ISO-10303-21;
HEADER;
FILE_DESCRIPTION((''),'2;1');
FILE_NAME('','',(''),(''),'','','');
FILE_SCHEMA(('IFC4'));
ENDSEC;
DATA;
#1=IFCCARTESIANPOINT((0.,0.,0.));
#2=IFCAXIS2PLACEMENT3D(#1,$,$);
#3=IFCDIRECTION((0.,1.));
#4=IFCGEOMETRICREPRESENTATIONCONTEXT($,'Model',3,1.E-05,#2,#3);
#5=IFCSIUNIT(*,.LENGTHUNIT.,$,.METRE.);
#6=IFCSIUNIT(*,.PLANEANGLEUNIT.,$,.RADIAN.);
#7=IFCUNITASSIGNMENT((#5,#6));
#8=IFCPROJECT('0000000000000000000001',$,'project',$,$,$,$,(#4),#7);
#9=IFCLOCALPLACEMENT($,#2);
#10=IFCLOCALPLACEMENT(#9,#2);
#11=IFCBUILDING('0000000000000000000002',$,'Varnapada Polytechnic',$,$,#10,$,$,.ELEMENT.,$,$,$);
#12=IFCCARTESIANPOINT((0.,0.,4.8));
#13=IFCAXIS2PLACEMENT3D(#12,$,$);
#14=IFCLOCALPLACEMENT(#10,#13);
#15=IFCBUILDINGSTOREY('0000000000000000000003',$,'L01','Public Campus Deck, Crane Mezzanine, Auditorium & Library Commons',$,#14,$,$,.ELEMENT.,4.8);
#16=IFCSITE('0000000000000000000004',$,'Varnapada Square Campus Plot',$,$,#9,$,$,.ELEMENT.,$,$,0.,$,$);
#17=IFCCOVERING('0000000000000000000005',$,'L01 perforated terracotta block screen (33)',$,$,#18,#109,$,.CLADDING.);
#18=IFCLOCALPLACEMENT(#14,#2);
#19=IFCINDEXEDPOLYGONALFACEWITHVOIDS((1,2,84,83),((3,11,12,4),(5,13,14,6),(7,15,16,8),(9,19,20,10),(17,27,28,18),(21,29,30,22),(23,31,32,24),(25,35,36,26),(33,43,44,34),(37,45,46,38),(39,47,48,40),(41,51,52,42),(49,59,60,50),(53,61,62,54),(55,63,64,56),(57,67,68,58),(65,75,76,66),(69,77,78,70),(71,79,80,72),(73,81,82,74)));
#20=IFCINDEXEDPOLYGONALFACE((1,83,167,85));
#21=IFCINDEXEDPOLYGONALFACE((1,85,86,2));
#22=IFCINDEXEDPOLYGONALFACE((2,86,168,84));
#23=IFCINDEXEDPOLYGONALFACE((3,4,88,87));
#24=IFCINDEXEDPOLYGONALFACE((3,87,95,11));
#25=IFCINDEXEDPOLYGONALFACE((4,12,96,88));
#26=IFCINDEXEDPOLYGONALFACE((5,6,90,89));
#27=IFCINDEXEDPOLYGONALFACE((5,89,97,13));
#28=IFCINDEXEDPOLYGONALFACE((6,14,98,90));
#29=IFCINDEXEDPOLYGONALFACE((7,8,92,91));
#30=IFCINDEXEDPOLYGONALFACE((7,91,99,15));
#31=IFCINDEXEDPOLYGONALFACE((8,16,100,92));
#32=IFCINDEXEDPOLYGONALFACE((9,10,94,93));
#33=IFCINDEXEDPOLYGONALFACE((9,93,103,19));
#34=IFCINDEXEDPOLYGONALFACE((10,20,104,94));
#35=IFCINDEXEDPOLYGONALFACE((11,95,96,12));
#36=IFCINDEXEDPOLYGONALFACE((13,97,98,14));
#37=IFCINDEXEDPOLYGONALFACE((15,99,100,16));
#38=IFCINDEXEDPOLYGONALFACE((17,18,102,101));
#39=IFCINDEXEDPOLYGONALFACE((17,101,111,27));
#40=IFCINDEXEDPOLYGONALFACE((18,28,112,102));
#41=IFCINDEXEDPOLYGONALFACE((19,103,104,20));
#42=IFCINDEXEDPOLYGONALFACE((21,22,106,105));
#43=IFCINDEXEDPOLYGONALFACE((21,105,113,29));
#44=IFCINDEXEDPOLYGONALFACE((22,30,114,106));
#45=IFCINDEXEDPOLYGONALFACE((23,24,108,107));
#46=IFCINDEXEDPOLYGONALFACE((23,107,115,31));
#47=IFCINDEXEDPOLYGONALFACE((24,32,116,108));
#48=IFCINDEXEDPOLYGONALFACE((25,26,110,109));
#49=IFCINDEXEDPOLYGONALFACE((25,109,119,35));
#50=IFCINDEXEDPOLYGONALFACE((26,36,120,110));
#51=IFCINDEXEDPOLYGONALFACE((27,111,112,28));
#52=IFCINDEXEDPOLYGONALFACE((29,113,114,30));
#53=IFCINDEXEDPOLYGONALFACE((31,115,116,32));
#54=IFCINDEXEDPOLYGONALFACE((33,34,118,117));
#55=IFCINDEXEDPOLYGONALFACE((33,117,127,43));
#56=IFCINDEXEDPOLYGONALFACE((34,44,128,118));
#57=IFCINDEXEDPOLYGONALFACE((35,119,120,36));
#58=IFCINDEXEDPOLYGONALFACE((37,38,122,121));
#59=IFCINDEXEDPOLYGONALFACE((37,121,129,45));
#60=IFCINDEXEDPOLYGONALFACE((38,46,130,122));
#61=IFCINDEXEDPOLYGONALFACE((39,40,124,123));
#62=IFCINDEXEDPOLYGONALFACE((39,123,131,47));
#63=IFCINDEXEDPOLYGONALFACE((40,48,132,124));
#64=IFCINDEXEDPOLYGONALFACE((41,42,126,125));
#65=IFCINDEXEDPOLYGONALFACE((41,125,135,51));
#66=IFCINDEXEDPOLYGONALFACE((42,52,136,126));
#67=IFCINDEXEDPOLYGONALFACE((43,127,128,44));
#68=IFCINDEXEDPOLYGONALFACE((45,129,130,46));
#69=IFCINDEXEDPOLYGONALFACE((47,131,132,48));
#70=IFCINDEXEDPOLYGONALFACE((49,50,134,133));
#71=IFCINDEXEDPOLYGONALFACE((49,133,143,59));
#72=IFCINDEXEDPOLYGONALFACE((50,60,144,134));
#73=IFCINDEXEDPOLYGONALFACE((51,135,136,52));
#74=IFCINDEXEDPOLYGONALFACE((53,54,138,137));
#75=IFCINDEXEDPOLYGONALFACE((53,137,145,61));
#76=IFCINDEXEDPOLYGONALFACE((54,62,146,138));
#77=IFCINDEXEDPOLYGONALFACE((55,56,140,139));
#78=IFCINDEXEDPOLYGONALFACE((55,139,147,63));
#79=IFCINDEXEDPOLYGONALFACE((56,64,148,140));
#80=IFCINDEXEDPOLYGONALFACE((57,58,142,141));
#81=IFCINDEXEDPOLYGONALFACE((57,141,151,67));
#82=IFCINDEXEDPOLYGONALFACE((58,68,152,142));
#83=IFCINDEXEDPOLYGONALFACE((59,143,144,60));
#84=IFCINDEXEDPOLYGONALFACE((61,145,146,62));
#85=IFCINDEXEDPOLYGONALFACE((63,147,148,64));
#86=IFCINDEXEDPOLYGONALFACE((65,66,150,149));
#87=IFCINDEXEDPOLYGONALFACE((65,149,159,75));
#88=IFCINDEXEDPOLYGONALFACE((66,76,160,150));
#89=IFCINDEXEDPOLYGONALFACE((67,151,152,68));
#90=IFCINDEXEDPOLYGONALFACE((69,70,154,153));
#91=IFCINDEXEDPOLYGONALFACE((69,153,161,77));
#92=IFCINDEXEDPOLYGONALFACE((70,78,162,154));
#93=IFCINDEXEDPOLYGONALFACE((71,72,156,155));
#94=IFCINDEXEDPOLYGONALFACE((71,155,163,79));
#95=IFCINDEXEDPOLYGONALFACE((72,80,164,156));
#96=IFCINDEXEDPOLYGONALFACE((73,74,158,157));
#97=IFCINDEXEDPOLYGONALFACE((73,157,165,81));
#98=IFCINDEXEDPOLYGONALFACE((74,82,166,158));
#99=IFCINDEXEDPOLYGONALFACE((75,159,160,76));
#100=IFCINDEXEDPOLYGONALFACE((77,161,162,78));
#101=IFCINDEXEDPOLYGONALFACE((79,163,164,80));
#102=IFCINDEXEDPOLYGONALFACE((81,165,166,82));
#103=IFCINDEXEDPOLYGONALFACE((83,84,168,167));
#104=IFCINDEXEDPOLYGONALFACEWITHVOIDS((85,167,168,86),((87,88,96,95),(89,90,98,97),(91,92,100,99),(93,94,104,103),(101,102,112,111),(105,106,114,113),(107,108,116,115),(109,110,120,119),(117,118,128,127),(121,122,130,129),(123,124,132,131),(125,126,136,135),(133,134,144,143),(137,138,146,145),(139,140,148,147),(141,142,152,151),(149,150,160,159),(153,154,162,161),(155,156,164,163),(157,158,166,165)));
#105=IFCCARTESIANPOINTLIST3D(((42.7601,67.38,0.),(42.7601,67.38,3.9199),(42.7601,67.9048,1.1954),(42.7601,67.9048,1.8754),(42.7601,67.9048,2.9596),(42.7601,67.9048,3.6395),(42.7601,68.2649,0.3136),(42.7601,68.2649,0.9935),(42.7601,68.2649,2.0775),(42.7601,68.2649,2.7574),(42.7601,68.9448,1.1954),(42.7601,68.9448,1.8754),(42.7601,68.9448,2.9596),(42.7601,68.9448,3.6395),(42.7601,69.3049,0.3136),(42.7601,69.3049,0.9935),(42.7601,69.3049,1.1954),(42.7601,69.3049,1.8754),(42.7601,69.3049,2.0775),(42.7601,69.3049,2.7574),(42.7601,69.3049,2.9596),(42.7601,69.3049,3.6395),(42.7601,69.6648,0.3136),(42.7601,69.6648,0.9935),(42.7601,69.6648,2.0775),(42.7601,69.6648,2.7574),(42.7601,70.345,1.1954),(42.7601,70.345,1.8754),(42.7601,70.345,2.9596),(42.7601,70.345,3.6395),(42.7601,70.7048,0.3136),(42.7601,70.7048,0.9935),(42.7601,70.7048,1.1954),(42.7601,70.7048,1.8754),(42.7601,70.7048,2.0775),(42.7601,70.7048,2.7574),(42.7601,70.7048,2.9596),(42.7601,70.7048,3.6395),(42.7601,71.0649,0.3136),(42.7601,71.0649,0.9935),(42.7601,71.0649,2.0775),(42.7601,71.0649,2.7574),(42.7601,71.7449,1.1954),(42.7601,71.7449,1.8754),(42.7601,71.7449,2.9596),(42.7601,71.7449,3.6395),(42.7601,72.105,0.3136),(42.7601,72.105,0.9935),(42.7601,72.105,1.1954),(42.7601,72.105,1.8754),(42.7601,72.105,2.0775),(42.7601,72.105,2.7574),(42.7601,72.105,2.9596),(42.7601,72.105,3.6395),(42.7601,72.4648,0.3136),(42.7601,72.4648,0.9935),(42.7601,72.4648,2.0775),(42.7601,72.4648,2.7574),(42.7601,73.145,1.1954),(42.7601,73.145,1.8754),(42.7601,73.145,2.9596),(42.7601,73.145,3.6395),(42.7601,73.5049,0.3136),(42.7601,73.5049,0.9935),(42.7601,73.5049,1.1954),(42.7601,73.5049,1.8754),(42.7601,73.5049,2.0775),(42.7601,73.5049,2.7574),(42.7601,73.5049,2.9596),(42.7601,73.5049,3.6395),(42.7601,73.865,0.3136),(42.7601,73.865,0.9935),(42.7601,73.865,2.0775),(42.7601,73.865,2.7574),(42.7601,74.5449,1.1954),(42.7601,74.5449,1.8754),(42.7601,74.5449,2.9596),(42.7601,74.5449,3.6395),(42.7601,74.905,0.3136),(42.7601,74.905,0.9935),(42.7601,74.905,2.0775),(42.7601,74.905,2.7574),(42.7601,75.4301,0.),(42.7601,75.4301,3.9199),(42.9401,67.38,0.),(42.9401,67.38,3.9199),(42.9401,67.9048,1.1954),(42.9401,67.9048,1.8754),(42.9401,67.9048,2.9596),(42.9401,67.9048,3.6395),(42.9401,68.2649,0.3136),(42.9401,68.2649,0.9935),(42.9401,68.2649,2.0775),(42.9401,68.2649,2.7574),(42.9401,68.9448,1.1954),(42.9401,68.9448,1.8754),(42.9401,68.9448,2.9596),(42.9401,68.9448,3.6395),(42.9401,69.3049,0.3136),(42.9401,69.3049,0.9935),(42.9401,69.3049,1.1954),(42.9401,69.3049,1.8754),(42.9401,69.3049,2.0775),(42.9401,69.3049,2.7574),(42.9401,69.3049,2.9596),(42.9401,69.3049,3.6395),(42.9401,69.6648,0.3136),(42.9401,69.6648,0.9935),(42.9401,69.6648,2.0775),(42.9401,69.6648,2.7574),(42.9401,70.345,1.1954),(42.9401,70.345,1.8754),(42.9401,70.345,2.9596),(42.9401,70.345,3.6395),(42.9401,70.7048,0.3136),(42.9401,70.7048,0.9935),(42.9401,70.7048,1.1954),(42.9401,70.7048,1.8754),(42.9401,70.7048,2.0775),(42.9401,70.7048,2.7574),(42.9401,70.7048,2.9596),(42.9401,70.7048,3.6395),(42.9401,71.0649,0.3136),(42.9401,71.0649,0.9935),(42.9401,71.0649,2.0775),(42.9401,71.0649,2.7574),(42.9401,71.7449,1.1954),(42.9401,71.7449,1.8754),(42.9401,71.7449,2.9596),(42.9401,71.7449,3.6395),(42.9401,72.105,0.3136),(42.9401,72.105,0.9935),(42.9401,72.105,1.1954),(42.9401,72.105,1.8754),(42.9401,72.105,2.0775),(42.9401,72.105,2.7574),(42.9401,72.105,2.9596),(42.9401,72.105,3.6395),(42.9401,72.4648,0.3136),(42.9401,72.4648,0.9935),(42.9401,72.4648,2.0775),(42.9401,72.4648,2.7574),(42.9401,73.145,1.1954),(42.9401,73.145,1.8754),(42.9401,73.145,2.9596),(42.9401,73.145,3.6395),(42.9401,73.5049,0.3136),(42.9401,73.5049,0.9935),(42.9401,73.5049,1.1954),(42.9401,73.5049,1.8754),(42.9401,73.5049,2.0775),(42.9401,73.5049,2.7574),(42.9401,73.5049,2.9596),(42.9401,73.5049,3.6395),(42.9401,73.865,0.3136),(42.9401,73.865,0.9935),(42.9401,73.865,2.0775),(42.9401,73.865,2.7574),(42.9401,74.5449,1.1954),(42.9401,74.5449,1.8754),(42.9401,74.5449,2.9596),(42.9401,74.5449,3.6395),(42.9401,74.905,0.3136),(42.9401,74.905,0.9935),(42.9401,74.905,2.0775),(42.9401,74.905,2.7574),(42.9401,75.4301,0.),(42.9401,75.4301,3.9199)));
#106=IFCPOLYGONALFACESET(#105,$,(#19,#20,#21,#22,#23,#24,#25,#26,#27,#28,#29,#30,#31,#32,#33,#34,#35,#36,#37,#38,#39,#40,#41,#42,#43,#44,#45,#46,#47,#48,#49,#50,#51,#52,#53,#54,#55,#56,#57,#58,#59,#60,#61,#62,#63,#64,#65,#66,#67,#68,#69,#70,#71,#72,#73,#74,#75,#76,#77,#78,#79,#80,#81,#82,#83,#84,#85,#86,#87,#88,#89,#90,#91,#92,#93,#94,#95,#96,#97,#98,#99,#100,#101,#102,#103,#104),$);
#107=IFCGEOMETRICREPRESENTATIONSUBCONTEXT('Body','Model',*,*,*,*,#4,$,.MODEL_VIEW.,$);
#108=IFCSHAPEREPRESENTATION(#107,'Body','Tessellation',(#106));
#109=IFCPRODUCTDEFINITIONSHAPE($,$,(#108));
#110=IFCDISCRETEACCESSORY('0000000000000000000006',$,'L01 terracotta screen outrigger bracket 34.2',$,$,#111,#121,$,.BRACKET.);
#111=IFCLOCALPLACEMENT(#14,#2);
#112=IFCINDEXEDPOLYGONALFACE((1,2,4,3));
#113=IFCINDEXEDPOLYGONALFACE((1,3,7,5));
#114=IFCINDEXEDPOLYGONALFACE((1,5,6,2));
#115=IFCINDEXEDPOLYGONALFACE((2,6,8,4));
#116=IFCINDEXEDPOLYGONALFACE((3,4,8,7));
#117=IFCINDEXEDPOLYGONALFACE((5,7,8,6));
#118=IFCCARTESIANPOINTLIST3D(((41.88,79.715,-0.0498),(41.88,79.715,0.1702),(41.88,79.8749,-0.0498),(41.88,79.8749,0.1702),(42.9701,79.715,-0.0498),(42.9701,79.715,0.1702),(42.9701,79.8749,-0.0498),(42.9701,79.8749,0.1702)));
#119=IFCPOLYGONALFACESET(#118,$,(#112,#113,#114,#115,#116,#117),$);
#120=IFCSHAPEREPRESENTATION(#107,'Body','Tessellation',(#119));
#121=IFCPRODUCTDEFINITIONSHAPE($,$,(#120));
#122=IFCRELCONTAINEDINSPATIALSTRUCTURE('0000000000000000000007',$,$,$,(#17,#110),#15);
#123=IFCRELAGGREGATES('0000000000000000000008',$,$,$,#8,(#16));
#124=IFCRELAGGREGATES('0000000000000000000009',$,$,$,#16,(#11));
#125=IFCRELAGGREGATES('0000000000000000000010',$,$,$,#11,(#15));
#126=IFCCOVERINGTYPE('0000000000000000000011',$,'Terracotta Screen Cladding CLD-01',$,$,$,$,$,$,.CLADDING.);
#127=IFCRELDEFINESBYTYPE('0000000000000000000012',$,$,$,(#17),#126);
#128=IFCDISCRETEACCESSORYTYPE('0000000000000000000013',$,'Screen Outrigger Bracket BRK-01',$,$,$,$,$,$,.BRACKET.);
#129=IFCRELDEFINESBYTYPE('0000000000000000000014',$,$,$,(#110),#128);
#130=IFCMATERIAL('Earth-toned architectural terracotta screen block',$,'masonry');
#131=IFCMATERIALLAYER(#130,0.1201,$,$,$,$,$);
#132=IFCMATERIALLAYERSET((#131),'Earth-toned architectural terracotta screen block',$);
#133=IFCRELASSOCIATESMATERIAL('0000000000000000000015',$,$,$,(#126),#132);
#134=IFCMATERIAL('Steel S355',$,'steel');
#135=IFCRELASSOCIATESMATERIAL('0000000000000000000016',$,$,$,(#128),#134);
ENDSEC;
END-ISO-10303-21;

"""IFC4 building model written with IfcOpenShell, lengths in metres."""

from ifc_helpers import new_model, si_unit, direction, frame, frame_2d, origin, origin_2d, place, context, subcontext, project, spatial, rectangle, extrude, material, layer, layer_set, type_object, element, save


model = new_model("IFC4")

# Units and contexts
model_context = context("Model", 3, precision=1e-05, world=origin(), true_north=direction((0.0, 1.0)))
body_context = subcontext(model_context, "Body", "Model", "MODEL_VIEW")
ifc_project = project(units=[si_unit("LENGTHUNIT", "METRE"), si_unit("PLANEANGLEUNIT", "RADIAN")], contexts=[model_context])

# Site, building, storey
site_placement = place(None, origin())
site = spatial("IfcSite", under=ifc_project, at=site_placement, Name="Varnapada Square Campus Plot", CompositionType="ELEMENT", RefElevation=0.0)
building_placement = place(site_placement, origin())
building = spatial("IfcBuilding", under=site, at=building_placement, Name="Varnapada Polytechnic", CompositionType="ELEMENT")
storey_placement = place(building_placement, frame((0.0, 0.0, 4.8)))
storey = spatial("IfcBuildingStorey", under=building, at=storey_placement, Name="L01", Description="Public Campus Deck, Crane Mezzanine, Auditorium & Library Commons", CompositionType="ELEMENT", Elevation=4.8)

# Shared definitions
ifc_material_1 = material(Name="Steel S355", Category="steel")

# Covering, openings
ifc_material_2 = material(Name="Earth-toned architectural terracotta screen block", Category="masonry")
ifc_layer_1 = layer(ifc_material_2, 0.1201)
ifc_layer_set_1 = layer_set([ifc_layer_1], Name="Earth-toned architectural terracotta screen block")
covering_type = type_object("IfcCoveringType", Name="Terracotta Screen Cladding CLD-01", PredefinedType="CLADDING", material=ifc_layer_set_1)
covering_placement = place(storey_placement, frame((42.8501, 75.4299, 0.0), z_axis=(0.0, 0.0, 1.0), x_axis=(0.0, -1.0, 0.0)))
covering = element("IfcCovering", 1, at=covering_placement, inside=storey, type_object=covering_type, Name="L01 perforated terracotta block screen (33)", PredefinedType="CLADDING", context=body_context, shape_type="SweptSolid", body=[
    extrude(rectangle(XDim=8.05, YDim=0.1799, at=frame_2d((4.0249, 0.0))), origin(), (0.0, 0.0, 1.0), 3.9199),
])
opening_1_placement = place(covering_placement, frame((0.5249, 0.0, 0.3137)))
element("IfcOpeningElement", 2, at=opening_1_placement, cuts=covering, PredefinedType="OPENING", context=body_context, shape_type="SweptSolid", body=[
    extrude(rectangle(XDim=1.04, YDim=0.6799, at=frame_2d((0.52, 0.3398))), frame((0.0, 0.0999, 0.0), z_axis=(0.0, -1.0, 0.0), x_axis=(1.0, 0.0, 0.0)), (0.0, 0.0, 1.0), 0.2),
])
opening_2_placement = place(covering_placement, frame((1.925, 0.0, 0.3137)))
element("IfcOpeningElement", 3, at=opening_2_placement, cuts=covering, PredefinedType="OPENING", context=body_context, shape_type="SweptSolid", body=[
    extrude(rectangle(XDim=1.04, YDim=0.6799, at=frame_2d((0.52, 0.3398))), frame((0.0, 0.0999, 0.0), z_axis=(0.0, -1.0, 0.0), x_axis=(1.0, 0.0, 0.0)), (0.0, 0.0, 1.0), 0.2),
])
opening_3_placement = place(covering_placement, frame((3.325, 0.0, 0.3137)))
element("IfcOpeningElement", 4, at=opening_3_placement, cuts=covering, PredefinedType="OPENING", context=body_context, shape_type="SweptSolid", body=[
    extrude(rectangle(XDim=1.04, YDim=0.6799, at=frame_2d((0.52, 0.3398))), frame((0.0, 0.0999, 0.0), z_axis=(0.0, -1.0, 0.0), x_axis=(1.0, 0.0, 0.0)), (0.0, 0.0, 1.0), 0.2),
])
opening_4_placement = place(covering_placement, frame((4.7251, 0.0, 0.3137)))
element("IfcOpeningElement", 5, at=opening_4_placement, cuts=covering, PredefinedType="OPENING", context=body_context, shape_type="SweptSolid", body=[
    extrude(rectangle(XDim=1.04, YDim=0.6799, at=frame_2d((0.52, 0.3398))), frame((0.0, 0.0999, 0.0), z_axis=(0.0, -1.0, 0.0), x_axis=(1.0, 0.0, 0.0)), (0.0, 0.0, 1.0), 0.2),
])
opening_5_placement = place(covering_placement, frame((6.125, 0.0, 0.3137)))
element("IfcOpeningElement", 6, at=opening_5_placement, cuts=covering, PredefinedType="OPENING", context=body_context, shape_type="SweptSolid", body=[
    extrude(rectangle(XDim=1.04, YDim=0.6799, at=frame_2d((0.52, 0.3398))), frame((0.0, 0.0999, 0.0), z_axis=(0.0, -1.0, 0.0), x_axis=(1.0, 0.0, 0.0)), (0.0, 0.0, 1.0), 0.2),
])
opening_6_placement = place(covering_placement, frame((0.885, 0.0, 1.1956)))
element("IfcOpeningElement", 7, at=opening_6_placement, cuts=covering, PredefinedType="OPENING", context=body_context, shape_type="SweptSolid", body=[
    extrude(rectangle(XDim=1.04, YDim=0.6799, at=frame_2d((0.52, 0.3398))), frame((0.0, 0.0999, 0.0), z_axis=(0.0, -1.0, 0.0), x_axis=(1.0, 0.0, 0.0)), (0.0, 0.0, 1.0), 0.2),
])
opening_7_placement = place(covering_placement, frame((2.2849, 0.0, 1.1956)))
element("IfcOpeningElement", 8, at=opening_7_placement, cuts=covering, PredefinedType="OPENING", context=body_context, shape_type="SweptSolid", body=[
    extrude(rectangle(XDim=1.04, YDim=0.6799, at=frame_2d((0.52, 0.3398))), frame((0.0, 0.0999, 0.0), z_axis=(0.0, -1.0, 0.0), x_axis=(1.0, 0.0, 0.0)), (0.0, 0.0, 1.0), 0.2),
])
opening_8_placement = place(covering_placement, frame((3.6851, 0.0, 1.1956)))
element("IfcOpeningElement", 9, at=opening_8_placement, cuts=covering, PredefinedType="OPENING", context=body_context, shape_type="SweptSolid", body=[
    extrude(rectangle(XDim=1.04, YDim=0.6799, at=frame_2d((0.52, 0.3398))), frame((0.0, 0.0999, 0.0), z_axis=(0.0, -1.0, 0.0), x_axis=(1.0, 0.0, 0.0)), (0.0, 0.0, 1.0), 0.2),
])
opening_9_placement = place(covering_placement, frame((5.085, 0.0, 1.1956)))
element("IfcOpeningElement", 10, at=opening_9_placement, cuts=covering, PredefinedType="OPENING", context=body_context, shape_type="SweptSolid", body=[
    extrude(rectangle(XDim=1.04, YDim=0.6799, at=frame_2d((0.52, 0.3398))), frame((0.0, 0.0999, 0.0), z_axis=(0.0, -1.0, 0.0), x_axis=(1.0, 0.0, 0.0)), (0.0, 0.0, 1.0), 0.2),
])
opening_10_placement = place(covering_placement, frame((6.4851, 0.0, 1.1956)))
element("IfcOpeningElement", 11, at=opening_10_placement, cuts=covering, PredefinedType="OPENING", context=body_context, shape_type="SweptSolid", body=[
    extrude(rectangle(XDim=1.04, YDim=0.6799, at=frame_2d((0.52, 0.3398))), frame((0.0, 0.0999, 0.0), z_axis=(0.0, -1.0, 0.0), x_axis=(1.0, 0.0, 0.0)), (0.0, 0.0, 1.0), 0.2),
])
opening_11_placement = place(covering_placement, frame((0.5249, 0.0, 2.0776)))
element("IfcOpeningElement", 12, at=opening_11_placement, cuts=covering, PredefinedType="OPENING", context=body_context, shape_type="SweptSolid", body=[
    extrude(rectangle(XDim=1.04, YDim=0.6799, at=frame_2d((0.52, 0.3398))), frame((0.0, 0.0999, 0.0), z_axis=(0.0, -1.0, 0.0), x_axis=(1.0, 0.0, 0.0)), (0.0, 0.0, 1.0), 0.2),
])
opening_12_placement = place(covering_placement, frame((1.925, 0.0, 2.0776)))
element("IfcOpeningElement", 13, at=opening_12_placement, cuts=covering, PredefinedType="OPENING", context=body_context, shape_type="SweptSolid", body=[
    extrude(rectangle(XDim=1.04, YDim=0.6799, at=frame_2d((0.52, 0.3398))), frame((0.0, 0.0999, 0.0), z_axis=(0.0, -1.0, 0.0), x_axis=(1.0, 0.0, 0.0)), (0.0, 0.0, 1.0), 0.2),
])
opening_13_placement = place(covering_placement, frame((3.325, 0.0, 2.0776)))
element("IfcOpeningElement", 14, at=opening_13_placement, cuts=covering, PredefinedType="OPENING", context=body_context, shape_type="SweptSolid", body=[
    extrude(rectangle(XDim=1.04, YDim=0.6799, at=frame_2d((0.52, 0.3398))), frame((0.0, 0.0999, 0.0), z_axis=(0.0, -1.0, 0.0), x_axis=(1.0, 0.0, 0.0)), (0.0, 0.0, 1.0), 0.2),
])
opening_14_placement = place(covering_placement, frame((4.7251, 0.0, 2.0776)))
element("IfcOpeningElement", 15, at=opening_14_placement, cuts=covering, PredefinedType="OPENING", context=body_context, shape_type="SweptSolid", body=[
    extrude(rectangle(XDim=1.04, YDim=0.6799, at=frame_2d((0.52, 0.3398))), frame((0.0, 0.0999, 0.0), z_axis=(0.0, -1.0, 0.0), x_axis=(1.0, 0.0, 0.0)), (0.0, 0.0, 1.0), 0.2),
])
opening_15_placement = place(covering_placement, frame((6.125, 0.0, 2.0776)))
element("IfcOpeningElement", 16, at=opening_15_placement, cuts=covering, PredefinedType="OPENING", context=body_context, shape_type="SweptSolid", body=[
    extrude(rectangle(XDim=1.04, YDim=0.6799, at=frame_2d((0.52, 0.3398))), frame((0.0, 0.0999, 0.0), z_axis=(0.0, -1.0, 0.0), x_axis=(1.0, 0.0, 0.0)), (0.0, 0.0, 1.0), 0.2),
])
opening_16_placement = place(covering_placement, frame((0.885, 0.0, 2.9597)))
element("IfcOpeningElement", 17, at=opening_16_placement, cuts=covering, PredefinedType="OPENING", context=body_context, shape_type="SweptSolid", body=[
    extrude(rectangle(XDim=1.04, YDim=0.6799, at=frame_2d((0.52, 0.3398))), frame((0.0, 0.0999, 0.0), z_axis=(0.0, -1.0, 0.0), x_axis=(1.0, 0.0, 0.0)), (0.0, 0.0, 1.0), 0.2),
])
opening_17_placement = place(covering_placement, frame((2.2849, 0.0, 2.9597)))
element("IfcOpeningElement", 18, at=opening_17_placement, cuts=covering, PredefinedType="OPENING", context=body_context, shape_type="SweptSolid", body=[
    extrude(rectangle(XDim=1.04, YDim=0.6799, at=frame_2d((0.52, 0.3398))), frame((0.0, 0.0999, 0.0), z_axis=(0.0, -1.0, 0.0), x_axis=(1.0, 0.0, 0.0)), (0.0, 0.0, 1.0), 0.2),
])
opening_18_placement = place(covering_placement, frame((3.6851, 0.0, 2.9597)))
element("IfcOpeningElement", 19, at=opening_18_placement, cuts=covering, PredefinedType="OPENING", context=body_context, shape_type="SweptSolid", body=[
    extrude(rectangle(XDim=1.04, YDim=0.6799, at=frame_2d((0.52, 0.3398))), frame((0.0, 0.0999, 0.0), z_axis=(0.0, -1.0, 0.0), x_axis=(1.0, 0.0, 0.0)), (0.0, 0.0, 1.0), 0.2),
])
opening_19_placement = place(covering_placement, frame((5.085, 0.0, 2.9597)))
element("IfcOpeningElement", 20, at=opening_19_placement, cuts=covering, PredefinedType="OPENING", context=body_context, shape_type="SweptSolid", body=[
    extrude(rectangle(XDim=1.04, YDim=0.6799, at=frame_2d((0.52, 0.3398))), frame((0.0, 0.0999, 0.0), z_axis=(0.0, -1.0, 0.0), x_axis=(1.0, 0.0, 0.0)), (0.0, 0.0, 1.0), 0.2),
])
opening_20_placement = place(covering_placement, frame((6.4851, 0.0, 2.9597)))
element("IfcOpeningElement", 21, at=opening_20_placement, cuts=covering, PredefinedType="OPENING", context=body_context, shape_type="SweptSolid", body=[
    extrude(rectangle(XDim=1.04, YDim=0.6799, at=frame_2d((0.52, 0.3398))), frame((0.0, 0.0999, 0.0), z_axis=(0.0, -1.0, 0.0), x_axis=(1.0, 0.0, 0.0)), (0.0, 0.0, 1.0), 0.2),
])

# Discrete accessory
discrete_accessory_type = type_object("IfcDiscreteAccessoryType", Name="Screen Outrigger Bracket BRK-01", PredefinedType="BRACKET", material=ifc_material_1)
for number, where, z_axis, x_axis, name in (
    (22, (42.425, 79.7949, -0.0498), (0.0, 0.0, 1.0), (0.0, -1.0, 0.0), "L01 terracotta screen outrigger bracket 34.2"),
):
    element("IfcDiscreteAccessory", number, at=place(storey_placement, frame(where, z_axis=z_axis, x_axis=x_axis)), inside=storey, type_object=discrete_accessory_type, Name=name, PredefinedType="BRACKET", context=body_context, shape_type="SweptSolid", body=[
        extrude(rectangle(XDim=0.1599, YDim=1.0901, at=origin_2d()), origin(), (0.0, 0.0, 1.0), 0.22),
    ])

save(model, "model.ifc")
